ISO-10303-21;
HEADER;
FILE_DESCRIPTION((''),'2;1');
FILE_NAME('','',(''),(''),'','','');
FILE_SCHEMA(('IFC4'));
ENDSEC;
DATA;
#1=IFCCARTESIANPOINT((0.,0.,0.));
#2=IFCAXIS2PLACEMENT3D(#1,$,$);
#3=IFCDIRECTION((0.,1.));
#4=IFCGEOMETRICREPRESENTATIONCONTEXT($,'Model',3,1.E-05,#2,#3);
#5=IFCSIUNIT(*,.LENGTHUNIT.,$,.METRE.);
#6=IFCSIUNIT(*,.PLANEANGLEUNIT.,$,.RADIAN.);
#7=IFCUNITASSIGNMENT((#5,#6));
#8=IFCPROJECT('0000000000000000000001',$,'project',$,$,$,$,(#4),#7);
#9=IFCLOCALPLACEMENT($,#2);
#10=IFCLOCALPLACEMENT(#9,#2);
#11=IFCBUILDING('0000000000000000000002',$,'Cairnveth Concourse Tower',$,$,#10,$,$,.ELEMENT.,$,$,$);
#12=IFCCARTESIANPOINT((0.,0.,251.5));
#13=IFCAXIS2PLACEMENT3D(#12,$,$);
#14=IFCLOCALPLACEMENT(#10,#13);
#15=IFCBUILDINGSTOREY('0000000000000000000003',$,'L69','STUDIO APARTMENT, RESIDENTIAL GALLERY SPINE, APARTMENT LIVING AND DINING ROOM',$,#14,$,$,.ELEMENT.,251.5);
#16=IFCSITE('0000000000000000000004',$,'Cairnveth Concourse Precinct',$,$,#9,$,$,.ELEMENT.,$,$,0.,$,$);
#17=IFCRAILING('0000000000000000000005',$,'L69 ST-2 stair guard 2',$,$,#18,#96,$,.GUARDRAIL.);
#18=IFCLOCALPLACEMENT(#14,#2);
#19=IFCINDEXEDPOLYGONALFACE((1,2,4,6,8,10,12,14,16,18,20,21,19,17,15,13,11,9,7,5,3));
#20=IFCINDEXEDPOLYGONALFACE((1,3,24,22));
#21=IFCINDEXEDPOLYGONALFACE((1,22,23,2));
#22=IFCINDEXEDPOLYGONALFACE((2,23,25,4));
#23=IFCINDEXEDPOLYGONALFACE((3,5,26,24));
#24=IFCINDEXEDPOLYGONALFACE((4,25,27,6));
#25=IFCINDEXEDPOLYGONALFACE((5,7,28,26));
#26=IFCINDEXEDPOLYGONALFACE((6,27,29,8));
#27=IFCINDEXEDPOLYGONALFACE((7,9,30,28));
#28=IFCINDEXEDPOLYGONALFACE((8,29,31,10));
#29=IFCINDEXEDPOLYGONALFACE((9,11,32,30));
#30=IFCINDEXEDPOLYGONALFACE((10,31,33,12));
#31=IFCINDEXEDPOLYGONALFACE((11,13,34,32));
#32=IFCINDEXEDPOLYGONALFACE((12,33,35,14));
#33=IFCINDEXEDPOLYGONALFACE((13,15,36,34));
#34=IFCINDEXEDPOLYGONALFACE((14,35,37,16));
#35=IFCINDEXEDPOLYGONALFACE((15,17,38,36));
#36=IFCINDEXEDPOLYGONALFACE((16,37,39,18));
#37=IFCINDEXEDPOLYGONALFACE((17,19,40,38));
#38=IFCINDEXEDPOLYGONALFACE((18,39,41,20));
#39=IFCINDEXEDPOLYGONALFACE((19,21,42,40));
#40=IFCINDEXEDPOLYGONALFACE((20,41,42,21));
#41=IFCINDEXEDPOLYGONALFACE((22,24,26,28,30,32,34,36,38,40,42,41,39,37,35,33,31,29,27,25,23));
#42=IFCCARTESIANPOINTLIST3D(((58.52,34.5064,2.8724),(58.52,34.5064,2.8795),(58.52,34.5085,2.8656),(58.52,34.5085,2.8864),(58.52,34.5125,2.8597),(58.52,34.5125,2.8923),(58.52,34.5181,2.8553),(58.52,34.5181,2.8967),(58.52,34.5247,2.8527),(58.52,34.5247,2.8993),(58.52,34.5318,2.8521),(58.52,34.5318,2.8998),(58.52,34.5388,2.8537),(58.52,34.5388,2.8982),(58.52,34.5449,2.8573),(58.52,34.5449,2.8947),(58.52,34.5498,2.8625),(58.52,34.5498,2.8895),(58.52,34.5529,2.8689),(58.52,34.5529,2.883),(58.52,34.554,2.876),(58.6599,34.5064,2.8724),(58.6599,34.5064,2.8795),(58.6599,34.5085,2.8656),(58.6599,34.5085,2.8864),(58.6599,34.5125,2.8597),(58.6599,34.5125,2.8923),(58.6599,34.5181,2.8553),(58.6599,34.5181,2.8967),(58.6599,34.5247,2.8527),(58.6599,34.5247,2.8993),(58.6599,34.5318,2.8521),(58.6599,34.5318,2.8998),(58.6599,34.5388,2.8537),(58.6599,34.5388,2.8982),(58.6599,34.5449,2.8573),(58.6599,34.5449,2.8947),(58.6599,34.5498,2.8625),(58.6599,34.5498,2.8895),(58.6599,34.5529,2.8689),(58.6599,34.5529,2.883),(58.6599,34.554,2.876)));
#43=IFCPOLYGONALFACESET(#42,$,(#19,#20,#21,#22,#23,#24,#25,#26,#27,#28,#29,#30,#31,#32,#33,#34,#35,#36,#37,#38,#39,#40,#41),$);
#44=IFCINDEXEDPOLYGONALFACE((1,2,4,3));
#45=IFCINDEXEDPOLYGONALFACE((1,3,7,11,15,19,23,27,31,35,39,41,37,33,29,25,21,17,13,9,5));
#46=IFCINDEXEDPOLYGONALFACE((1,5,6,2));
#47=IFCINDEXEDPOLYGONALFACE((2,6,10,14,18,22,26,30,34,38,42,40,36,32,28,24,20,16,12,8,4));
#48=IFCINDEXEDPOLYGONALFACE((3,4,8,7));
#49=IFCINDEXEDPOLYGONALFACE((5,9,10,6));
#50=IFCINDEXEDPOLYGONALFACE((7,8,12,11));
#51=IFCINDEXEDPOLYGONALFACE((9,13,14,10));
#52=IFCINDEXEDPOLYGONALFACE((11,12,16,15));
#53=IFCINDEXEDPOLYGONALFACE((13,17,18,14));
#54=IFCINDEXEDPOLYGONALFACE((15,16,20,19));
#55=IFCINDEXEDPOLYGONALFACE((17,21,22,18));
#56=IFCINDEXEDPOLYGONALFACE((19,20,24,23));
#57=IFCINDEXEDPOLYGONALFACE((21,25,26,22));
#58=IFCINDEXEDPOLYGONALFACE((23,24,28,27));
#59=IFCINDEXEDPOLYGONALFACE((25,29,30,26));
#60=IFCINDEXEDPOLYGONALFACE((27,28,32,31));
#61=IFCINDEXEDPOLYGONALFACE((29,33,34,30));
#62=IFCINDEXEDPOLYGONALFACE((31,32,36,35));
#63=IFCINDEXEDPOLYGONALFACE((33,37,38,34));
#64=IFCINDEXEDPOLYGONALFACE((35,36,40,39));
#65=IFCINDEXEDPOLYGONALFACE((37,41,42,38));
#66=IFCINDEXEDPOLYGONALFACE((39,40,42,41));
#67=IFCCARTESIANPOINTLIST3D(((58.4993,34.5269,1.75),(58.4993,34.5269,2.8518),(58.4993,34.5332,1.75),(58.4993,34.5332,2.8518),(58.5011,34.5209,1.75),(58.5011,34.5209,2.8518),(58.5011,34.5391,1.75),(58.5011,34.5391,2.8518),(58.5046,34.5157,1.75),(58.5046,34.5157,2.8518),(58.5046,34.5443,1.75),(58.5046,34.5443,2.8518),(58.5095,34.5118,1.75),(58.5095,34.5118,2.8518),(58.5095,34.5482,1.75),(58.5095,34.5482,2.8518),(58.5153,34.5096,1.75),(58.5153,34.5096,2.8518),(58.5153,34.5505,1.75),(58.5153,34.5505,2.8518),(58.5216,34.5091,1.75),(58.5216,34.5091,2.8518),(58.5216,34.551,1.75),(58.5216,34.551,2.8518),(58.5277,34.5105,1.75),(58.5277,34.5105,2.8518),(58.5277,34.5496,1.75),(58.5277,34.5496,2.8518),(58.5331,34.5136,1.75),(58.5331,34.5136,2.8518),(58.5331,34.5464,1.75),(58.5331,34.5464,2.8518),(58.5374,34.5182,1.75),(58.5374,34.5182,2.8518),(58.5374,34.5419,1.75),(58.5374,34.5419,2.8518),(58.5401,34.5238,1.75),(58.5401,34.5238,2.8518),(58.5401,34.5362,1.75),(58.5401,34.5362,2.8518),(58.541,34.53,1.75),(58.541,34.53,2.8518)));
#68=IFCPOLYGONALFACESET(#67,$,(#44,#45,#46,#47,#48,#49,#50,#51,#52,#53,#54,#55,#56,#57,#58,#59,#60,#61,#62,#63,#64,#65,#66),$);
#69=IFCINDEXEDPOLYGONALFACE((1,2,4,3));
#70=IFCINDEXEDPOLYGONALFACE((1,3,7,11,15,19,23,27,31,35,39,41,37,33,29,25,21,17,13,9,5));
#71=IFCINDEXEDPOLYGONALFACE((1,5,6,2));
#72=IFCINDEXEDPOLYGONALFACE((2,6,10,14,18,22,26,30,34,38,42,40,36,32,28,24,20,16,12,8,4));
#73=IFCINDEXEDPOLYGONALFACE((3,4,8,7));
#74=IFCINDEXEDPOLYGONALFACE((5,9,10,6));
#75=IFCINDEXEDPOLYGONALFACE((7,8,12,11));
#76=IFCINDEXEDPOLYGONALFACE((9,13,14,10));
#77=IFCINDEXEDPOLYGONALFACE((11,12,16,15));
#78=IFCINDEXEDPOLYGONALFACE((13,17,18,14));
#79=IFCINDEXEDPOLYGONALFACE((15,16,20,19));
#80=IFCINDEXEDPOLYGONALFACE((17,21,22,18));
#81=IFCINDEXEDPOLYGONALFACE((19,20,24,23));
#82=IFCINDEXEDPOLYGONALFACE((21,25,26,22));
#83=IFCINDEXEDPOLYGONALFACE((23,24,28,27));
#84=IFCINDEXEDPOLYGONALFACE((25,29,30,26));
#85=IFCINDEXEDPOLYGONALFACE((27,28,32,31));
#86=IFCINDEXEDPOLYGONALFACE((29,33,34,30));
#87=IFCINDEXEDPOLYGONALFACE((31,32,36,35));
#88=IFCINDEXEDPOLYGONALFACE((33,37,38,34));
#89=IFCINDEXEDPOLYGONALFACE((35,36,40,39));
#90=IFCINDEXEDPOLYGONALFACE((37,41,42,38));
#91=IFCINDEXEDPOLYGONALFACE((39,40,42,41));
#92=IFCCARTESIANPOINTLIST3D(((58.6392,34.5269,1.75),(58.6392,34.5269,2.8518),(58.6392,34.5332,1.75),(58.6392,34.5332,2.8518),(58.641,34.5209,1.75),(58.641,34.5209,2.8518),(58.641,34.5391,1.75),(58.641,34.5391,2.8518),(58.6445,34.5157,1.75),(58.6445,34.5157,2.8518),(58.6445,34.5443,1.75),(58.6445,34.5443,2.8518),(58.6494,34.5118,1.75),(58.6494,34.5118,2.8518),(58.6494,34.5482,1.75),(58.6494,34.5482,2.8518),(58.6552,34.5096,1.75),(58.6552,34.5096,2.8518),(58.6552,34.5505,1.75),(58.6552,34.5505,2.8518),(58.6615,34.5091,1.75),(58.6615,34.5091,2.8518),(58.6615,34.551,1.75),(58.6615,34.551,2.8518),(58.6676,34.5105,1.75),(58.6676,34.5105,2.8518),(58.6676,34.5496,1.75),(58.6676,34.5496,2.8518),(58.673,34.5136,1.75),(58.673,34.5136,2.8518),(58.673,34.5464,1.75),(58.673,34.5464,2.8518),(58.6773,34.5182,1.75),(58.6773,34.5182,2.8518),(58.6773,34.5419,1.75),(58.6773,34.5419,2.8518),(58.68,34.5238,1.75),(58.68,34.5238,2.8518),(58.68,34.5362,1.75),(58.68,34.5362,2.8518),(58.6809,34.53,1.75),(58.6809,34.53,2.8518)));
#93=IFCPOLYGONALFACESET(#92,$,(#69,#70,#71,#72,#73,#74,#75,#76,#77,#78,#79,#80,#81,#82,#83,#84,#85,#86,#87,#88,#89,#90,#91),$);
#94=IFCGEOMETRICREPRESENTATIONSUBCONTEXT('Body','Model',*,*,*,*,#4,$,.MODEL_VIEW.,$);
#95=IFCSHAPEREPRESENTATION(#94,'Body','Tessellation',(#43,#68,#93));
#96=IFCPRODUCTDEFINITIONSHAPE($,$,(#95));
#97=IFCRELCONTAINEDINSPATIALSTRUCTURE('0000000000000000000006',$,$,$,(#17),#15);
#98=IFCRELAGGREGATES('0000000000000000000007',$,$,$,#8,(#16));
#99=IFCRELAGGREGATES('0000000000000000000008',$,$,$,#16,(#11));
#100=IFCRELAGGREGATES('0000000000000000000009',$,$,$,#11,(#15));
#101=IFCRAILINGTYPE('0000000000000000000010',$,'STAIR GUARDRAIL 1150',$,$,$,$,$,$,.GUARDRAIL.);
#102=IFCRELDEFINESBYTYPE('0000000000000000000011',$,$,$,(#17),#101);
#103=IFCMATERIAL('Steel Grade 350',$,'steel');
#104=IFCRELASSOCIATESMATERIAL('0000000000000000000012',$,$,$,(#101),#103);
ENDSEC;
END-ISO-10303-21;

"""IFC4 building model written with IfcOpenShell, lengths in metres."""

from ifc_helpers import new_model, si_unit, direction, frame, origin, origin_2d, place, context, subcontext, project, spatial, circle, extrude, material, type_object, element, save


model = new_model("IFC4")

# Units and contexts
model_context = context("Model", 3, precision=1e-05, world=origin(), true_north=direction((0.0, 1.0)))
body_context = subcontext(model_context, "Body", "Model", "MODEL_VIEW")
ifc_project = project(units=[si_unit("LENGTHUNIT", "METRE"), si_unit("PLANEANGLEUNIT", "RADIAN")], contexts=[model_context])

# Site, building, storey
site_placement = place(None, origin())
site = spatial("IfcSite", under=ifc_project, at=site_placement, Name="Cairnveth Concourse Precinct", CompositionType="ELEMENT", RefElevation=0.0)
building_placement = place(site_placement, origin())
building = spatial("IfcBuilding", under=site, at=building_placement, Name="Cairnveth Concourse Tower", CompositionType="ELEMENT")
storey_placement = place(building_placement, frame((0.0, 0.0, 251.5)))
storey = spatial("IfcBuildingStorey", under=building, at=storey_placement, Name="L69", Description="STUDIO APARTMENT, RESIDENTIAL GALLERY SPINE, APARTMENT LIVING AND DINING ROOM", CompositionType="ELEMENT", Elevation=251.5)

# Shared definitions
ifc_material_1 = material(Name="Steel Grade 350", Category="steel")

# Railing
railing_type_1 = type_object("IfcRailingType", Name="STAIR GUARDRAIL 1150", PredefinedType="GUARDRAIL", material=ifc_material_1)
railing_1_placement = place(storey_placement, frame((58.52, 34.53, 1.75)))
element("IfcRailing", 1, at=railing_1_placement, inside=storey, type_object=railing_type_1, Name="L69 ST-2 stair guard 2", PredefinedType="GUARDRAIL", context=body_context, shape_type="SweptSolid", body=[
    extrude(circle(Radius=0.0239, at=origin_2d()), frame((0.0, 0.0, 1.126), z_axis=(1.0, 0.0, 0.0), x_axis=(0.0, 1.0, 0.0)), (0.0, 0.0, 1.0), 0.1399),
    extrude(circle(Radius=0.021, at=origin_2d()), origin(), (0.0, 0.0, 1.0), 1.1018),
    extrude(circle(Radius=0.021, at=origin_2d()), frame((0.1399, 0.0, 0.0)), (0.0, 0.0, 1.0), 1.1018),
])

save(model, "model.ifc")
